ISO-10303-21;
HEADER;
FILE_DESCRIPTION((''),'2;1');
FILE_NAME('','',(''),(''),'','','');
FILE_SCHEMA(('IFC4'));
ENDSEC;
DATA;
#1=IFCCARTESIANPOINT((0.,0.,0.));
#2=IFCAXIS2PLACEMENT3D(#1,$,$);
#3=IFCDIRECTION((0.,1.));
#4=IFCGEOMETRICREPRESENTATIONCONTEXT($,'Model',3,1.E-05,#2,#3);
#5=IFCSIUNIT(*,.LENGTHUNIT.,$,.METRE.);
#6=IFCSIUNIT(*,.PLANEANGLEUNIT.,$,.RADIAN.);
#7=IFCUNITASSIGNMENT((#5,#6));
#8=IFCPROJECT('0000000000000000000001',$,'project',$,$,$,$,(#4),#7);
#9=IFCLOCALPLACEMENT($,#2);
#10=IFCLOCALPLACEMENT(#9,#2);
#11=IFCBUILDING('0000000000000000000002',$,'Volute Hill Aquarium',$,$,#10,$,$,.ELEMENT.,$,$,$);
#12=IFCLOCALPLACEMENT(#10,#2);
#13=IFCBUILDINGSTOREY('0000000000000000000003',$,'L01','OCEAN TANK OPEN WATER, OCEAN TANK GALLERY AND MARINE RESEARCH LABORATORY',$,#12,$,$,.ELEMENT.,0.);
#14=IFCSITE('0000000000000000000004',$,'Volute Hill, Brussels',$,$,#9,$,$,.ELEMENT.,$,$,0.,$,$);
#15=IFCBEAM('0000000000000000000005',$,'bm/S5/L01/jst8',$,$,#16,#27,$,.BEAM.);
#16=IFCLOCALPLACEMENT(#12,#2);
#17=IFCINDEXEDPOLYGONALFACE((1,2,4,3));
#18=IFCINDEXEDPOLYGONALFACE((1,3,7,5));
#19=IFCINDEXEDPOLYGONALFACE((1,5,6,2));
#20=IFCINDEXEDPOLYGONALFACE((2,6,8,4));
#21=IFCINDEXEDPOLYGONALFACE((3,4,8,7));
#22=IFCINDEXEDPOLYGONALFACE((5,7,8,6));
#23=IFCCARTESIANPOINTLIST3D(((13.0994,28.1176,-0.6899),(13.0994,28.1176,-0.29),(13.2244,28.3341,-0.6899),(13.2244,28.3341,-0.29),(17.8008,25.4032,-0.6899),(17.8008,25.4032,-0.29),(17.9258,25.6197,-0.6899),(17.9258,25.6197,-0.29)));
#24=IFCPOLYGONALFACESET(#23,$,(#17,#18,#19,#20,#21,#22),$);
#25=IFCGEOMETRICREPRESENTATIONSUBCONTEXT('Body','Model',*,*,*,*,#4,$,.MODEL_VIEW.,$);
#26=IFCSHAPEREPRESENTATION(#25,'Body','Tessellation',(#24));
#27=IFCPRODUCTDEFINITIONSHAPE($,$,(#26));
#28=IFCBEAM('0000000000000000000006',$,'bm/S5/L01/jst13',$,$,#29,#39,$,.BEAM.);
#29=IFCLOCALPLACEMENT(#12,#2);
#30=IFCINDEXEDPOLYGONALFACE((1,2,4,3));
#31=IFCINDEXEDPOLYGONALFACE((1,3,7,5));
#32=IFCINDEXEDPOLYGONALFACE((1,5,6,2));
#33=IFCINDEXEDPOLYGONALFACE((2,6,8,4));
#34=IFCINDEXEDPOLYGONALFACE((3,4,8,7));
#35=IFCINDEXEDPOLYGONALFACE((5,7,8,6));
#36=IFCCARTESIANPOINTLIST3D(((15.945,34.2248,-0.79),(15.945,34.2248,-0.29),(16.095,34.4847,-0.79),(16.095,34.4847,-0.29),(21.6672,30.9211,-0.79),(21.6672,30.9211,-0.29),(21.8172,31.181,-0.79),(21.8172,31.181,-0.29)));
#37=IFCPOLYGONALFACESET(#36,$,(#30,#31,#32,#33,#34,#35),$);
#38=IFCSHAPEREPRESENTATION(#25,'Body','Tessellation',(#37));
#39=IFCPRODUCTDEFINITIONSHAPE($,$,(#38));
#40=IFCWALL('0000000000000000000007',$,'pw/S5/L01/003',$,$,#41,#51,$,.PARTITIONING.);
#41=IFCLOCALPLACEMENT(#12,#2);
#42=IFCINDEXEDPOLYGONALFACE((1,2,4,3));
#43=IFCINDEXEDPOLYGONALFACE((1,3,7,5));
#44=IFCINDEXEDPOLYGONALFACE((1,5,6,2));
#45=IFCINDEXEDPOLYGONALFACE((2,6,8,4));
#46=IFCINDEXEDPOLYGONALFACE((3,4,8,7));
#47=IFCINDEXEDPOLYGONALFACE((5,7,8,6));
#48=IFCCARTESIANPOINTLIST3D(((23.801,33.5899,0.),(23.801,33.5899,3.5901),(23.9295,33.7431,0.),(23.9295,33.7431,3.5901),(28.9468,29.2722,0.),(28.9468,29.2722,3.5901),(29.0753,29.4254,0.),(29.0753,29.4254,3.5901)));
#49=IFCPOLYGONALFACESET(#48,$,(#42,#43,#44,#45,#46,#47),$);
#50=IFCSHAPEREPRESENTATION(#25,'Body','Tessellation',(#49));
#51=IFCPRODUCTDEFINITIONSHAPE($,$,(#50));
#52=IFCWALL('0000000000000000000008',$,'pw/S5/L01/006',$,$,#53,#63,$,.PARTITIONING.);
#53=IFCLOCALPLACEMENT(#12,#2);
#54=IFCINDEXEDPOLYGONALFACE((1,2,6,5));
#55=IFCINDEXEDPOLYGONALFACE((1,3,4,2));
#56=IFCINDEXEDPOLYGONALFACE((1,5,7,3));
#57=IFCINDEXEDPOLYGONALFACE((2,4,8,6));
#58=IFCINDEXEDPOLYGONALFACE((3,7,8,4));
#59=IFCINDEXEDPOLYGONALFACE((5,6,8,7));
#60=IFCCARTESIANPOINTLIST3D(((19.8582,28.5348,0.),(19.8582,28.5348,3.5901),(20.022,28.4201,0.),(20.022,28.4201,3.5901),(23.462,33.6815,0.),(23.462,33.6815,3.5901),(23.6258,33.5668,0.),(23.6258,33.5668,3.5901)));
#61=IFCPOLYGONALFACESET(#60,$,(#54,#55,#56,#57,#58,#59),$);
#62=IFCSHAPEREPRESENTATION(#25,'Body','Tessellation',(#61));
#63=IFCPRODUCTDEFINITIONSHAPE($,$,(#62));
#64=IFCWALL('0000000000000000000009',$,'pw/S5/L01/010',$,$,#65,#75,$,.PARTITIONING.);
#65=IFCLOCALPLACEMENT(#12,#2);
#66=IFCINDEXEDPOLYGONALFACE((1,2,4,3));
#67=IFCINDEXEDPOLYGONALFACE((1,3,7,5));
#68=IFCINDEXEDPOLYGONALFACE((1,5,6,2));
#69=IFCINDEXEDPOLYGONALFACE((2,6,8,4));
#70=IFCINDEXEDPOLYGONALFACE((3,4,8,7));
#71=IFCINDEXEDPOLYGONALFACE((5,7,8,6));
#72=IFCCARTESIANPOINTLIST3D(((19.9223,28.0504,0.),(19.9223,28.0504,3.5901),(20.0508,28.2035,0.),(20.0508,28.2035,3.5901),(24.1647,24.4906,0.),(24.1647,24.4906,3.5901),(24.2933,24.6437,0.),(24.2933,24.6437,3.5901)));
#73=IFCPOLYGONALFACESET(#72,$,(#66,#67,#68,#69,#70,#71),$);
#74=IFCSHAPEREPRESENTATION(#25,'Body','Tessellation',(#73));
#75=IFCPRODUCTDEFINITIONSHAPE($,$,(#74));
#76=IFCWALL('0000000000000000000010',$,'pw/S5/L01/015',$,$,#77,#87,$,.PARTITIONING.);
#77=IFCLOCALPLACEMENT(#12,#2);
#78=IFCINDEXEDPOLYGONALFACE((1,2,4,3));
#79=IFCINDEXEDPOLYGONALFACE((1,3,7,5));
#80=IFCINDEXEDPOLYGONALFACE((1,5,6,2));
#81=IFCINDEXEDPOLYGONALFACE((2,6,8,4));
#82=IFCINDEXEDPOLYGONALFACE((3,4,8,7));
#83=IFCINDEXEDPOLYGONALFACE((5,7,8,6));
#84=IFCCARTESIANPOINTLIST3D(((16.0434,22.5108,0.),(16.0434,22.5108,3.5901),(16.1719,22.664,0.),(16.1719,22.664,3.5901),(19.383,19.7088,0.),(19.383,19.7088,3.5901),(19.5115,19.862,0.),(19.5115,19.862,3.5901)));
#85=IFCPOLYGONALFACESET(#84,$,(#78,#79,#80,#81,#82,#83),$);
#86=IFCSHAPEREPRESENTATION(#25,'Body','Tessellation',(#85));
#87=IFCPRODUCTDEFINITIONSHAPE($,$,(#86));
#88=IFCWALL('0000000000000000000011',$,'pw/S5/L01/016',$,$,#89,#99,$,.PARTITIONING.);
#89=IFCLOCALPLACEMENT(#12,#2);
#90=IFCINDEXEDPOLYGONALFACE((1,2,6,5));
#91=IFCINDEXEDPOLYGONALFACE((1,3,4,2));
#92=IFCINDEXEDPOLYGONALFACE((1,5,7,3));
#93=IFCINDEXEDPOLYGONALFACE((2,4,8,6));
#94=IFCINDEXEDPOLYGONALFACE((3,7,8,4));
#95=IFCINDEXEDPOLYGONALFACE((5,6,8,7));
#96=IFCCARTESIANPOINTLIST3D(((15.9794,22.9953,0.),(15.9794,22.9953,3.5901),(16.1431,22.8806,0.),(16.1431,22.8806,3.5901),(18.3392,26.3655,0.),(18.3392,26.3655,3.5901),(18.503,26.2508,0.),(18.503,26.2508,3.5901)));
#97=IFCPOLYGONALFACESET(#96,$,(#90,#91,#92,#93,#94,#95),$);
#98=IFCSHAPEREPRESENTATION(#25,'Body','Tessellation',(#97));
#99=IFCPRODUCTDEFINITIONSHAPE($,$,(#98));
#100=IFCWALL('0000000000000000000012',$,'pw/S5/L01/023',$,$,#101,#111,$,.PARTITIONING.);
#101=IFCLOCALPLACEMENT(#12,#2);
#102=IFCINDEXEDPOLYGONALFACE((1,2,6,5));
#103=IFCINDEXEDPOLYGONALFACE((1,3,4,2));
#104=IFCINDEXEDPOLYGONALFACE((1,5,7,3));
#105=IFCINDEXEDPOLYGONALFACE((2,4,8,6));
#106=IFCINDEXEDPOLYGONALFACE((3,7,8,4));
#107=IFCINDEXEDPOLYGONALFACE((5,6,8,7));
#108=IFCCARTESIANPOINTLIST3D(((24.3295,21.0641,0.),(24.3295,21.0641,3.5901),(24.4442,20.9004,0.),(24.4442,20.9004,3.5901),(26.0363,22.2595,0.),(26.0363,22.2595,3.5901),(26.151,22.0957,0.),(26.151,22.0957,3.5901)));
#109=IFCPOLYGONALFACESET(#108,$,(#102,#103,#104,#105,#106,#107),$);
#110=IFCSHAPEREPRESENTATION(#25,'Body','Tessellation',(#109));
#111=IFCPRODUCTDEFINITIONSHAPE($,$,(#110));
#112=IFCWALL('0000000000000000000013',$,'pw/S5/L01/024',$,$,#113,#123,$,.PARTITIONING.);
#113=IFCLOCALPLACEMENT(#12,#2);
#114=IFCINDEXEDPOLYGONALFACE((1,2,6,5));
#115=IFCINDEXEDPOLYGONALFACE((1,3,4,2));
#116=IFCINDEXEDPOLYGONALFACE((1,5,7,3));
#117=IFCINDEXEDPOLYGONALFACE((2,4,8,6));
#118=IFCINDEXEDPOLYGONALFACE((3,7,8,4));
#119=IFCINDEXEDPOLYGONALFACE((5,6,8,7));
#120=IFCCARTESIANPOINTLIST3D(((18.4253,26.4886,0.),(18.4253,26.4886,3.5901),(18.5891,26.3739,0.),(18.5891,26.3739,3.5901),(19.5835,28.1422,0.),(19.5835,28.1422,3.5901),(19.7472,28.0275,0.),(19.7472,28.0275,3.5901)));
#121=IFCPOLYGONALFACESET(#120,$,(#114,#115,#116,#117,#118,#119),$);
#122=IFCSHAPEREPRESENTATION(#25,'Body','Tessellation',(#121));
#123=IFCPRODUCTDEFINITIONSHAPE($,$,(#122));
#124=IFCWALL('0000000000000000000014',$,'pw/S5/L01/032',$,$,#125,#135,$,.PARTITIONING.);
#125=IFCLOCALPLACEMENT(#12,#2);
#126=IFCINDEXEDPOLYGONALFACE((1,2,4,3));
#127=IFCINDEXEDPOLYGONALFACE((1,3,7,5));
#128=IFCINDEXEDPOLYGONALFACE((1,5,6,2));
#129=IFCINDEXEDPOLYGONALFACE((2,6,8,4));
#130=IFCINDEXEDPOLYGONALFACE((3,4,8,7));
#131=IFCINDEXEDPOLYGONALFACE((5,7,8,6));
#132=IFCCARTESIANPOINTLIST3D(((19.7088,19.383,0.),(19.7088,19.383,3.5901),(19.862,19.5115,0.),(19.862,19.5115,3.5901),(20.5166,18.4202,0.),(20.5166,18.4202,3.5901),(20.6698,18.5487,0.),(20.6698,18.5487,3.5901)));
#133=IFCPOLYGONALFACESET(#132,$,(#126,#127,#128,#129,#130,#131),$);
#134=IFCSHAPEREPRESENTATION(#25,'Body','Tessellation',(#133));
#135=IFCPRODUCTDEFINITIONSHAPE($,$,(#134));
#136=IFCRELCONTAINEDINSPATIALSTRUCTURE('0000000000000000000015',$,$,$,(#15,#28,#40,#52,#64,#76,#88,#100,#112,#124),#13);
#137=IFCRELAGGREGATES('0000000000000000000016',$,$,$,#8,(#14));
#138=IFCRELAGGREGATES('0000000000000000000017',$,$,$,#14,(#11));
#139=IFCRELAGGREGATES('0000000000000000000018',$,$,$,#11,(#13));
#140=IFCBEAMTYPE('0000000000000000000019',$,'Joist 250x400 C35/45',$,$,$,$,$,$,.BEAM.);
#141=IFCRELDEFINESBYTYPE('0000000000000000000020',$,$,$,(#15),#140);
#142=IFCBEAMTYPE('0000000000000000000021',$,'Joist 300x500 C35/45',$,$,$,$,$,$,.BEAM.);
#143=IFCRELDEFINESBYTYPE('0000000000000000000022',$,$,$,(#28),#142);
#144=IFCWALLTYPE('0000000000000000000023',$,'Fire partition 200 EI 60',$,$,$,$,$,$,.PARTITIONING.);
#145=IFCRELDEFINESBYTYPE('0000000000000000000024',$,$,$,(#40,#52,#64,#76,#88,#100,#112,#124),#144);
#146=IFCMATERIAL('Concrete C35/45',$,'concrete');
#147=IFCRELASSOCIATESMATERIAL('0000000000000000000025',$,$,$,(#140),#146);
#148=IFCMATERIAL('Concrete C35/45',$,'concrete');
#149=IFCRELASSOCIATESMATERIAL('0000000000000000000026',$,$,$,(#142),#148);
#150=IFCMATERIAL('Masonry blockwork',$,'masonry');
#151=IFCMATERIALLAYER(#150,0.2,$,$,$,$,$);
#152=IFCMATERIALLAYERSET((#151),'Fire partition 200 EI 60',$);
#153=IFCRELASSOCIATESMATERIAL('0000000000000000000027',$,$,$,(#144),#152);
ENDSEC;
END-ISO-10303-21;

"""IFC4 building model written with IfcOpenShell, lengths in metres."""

from ifc_helpers import new_model, si_unit, direction, frame, frame_2d, origin, origin_2d, place, context, subcontext, project, spatial, rectangle, extrude, material, layer, layer_set, material_profile, profile_set, type_object, element, save


model = new_model("IFC4")

# Units and contexts
model_context = context("Model", 3, precision=1e-05, world=origin(), true_north=direction((0.0, 1.0)))
body_context = subcontext(model_context, "Body", "Model", "MODEL_VIEW")
ifc_project = project(units=[si_unit("LENGTHUNIT", "METRE"), si_unit("PLANEANGLEUNIT", "RADIAN")], contexts=[model_context])

# Site, building, storey
site_placement = place(None, origin())
site = spatial("IfcSite", under=ifc_project, at=site_placement, Name="Volute Hill, Brussels", CompositionType="ELEMENT", RefElevation=0.0)
building_placement = place(site_placement, origin())
building = spatial("IfcBuilding", under=site, at=building_placement, Name="Volute Hill Aquarium", CompositionType="ELEMENT")
storey_placement = place(building_placement, origin())
storey = spatial("IfcBuildingStorey", under=building, at=storey_placement, Name="L01", Description="OCEAN TANK OPEN WATER, OCEAN TANK GALLERY AND MARINE RESEARCH LABORATORY", CompositionType="ELEMENT", Elevation=0.0)

# Beams
ifc_material_1 = material(Name="Concrete C35/45", Category="concrete")
ifc_material_profile_1 = material_profile(ifc_material_1, rectangle(XDim=0.25, YDim=0.3999, at=origin_2d()), Name="RC joist 250x400")
ifc_profile_set_1 = profile_set([ifc_material_profile_1], Name="Concrete C35/45")
beam_type_1 = type_object("IfcBeamType", Name="Joist 250x400 C35/45", PredefinedType="BEAM", material=ifc_profile_set_1)
for number, where, z_axis, x_axis, name in (
    (1, (17.8633, 25.5115, -0.49), (-0.866026, 0.499999, 0.0), (-0.499999, -0.866026, 0.0), "bm/S5/L01/jst8"),
):
    element("IfcBeam", number, at=place(storey_placement, frame(where, z_axis=z_axis, x_axis=x_axis)), inside=storey, type_object=beam_type_1, Name=name, PredefinedType="BEAM", context=body_context, shape_type="SweptSolid", body=[
        extrude(rectangle(XDim=0.25, YDim=0.3999, at=origin_2d()), origin(), (0.0, 0.0, 1.0), 5.4287),
    ])
ifc_material_2 = material(Name="Concrete C35/45", Category="concrete")
ifc_material_profile_2 = material_profile(ifc_material_2, rectangle(XDim=0.3, YDim=0.5, at=origin_2d()), Name="RC joist 300x500")
ifc_profile_set_2 = profile_set([ifc_material_profile_2], Name="Concrete C35/45")
beam_type_2 = type_object("IfcBeamType", Name="Joist 300x500 C35/45", PredefinedType="BEAM", material=ifc_profile_set_2)
beam_1_placement = place(storey_placement, frame((21.7422, 31.051, -0.54), z_axis=(-0.866024, 0.500002, 0.0), x_axis=(-0.500002, -0.866024, 0.0)))
element("IfcBeam", 2, at=beam_1_placement, inside=storey, type_object=beam_type_2, Name="bm/S5/L01/jst13", PredefinedType="BEAM", context=body_context, shape_type="SweptSolid", body=[
    extrude(rectangle(XDim=0.3, YDim=0.5, at=origin_2d()), origin(), (0.0, 0.0, 1.0), 6.6074),
])

# Walls
ifc_material_3 = material(Name="Masonry blockwork", Category="masonry")
ifc_layer = layer(ifc_material_3, 0.2)
ifc_layer_set = layer_set([ifc_layer], Name="Fire partition 200 EI 60")
wall_type = type_object("IfcWallType", Name="Fire partition 200 EI 60", PredefinedType="PARTITIONING", material=ifc_layer_set)
wall_1_placement = place(storey_placement, frame((23.8652, 33.6665, 0.0), z_axis=(0.0, 0.0, 1.0), x_axis=(0.766057, -0.642773, 0.0)))
element("IfcWall", 3, at=wall_1_placement, inside=storey, type_object=wall_type, Name="pw/S5/L01/003", PredefinedType="PARTITIONING", context=body_context, shape_type="SweptSolid", body=[
    extrude(rectangle(XDim=6.7173, YDim=0.2, at=frame_2d((3.3586, 0.0))), origin(), (0.0, 0.0, 1.0), 3.5901),
])
wall_2_placement = place(storey_placement, frame((23.5439, 33.6243, 0.0), z_axis=(0.0, 0.0, 1.0), x_axis=(-0.573574, -0.819153, 0.0)))
element("IfcWall", 4, at=wall_2_placement, inside=storey, type_object=wall_type, Name="pw/S5/L01/006", PredefinedType="PARTITIONING", context=body_context, shape_type="SweptSolid", body=[
    extrude(rectangle(XDim=6.283, YDim=0.2, at=frame_2d((3.1416, 0.0))), origin(), (0.0, 0.0, 1.0), 3.5901),
])
wall_3_placement = place(storey_placement, frame((19.9866, 28.127, 0.0), z_axis=(0.0, 0.0, 1.0), x_axis=(0.766045, -0.642787, 0.0)))
element("IfcWall", 5, at=wall_3_placement, inside=storey, type_object=wall_type, Name="pw/S5/L01/010", PredefinedType="PARTITIONING", context=body_context, shape_type="SweptSolid", body=[
    extrude(rectangle(XDim=5.5381, YDim=0.2, at=frame_2d((2.769, 0.0))), origin(), (0.0, 0.0, 1.0), 3.5901),
])
wall_4_placement = place(storey_placement, frame((16.1077, 22.5874, 0.0), z_axis=(0.0, 0.0, 1.0), x_axis=(0.766073, -0.642753, 0.0)))
element("IfcWall", 6, at=wall_4_placement, inside=storey, type_object=wall_type, Name="pw/S5/L01/015", PredefinedType="PARTITIONING", context=body_context, shape_type="SweptSolid", body=[
    extrude(rectangle(XDim=4.3594, YDim=0.2, at=frame_2d((2.1797, 0.0))), origin(), (0.0, 0.0, 1.0), 3.5901),
])
wall_5_placement = place(storey_placement, frame((18.4211, 26.3081, 0.0), z_axis=(0.0, 0.0, 1.0), x_axis=(-0.57359, -0.819143, 0.0)))
element("IfcWall", 7, at=wall_5_placement, inside=storey, type_object=wall_type, Name="pw/S5/L01/016", PredefinedType="PARTITIONING", context=body_context, shape_type="SweptSolid", body=[
    extrude(rectangle(XDim=4.1143, YDim=0.2, at=frame_2d((2.0571, 0.0))), origin(), (0.0, 0.0, 1.0), 3.5901),
])
wall_6_placement = place(storey_placement, frame((24.3867, 20.9822, 0.0), z_axis=(0.0, 0.0, 1.0), x_axis=(0.819105, 0.573643, 0.0)))
element("IfcWall", 8, at=wall_6_placement, inside=storey, type_object=wall_type, Name="pw/S5/L01/023", PredefinedType="PARTITIONING", context=body_context, shape_type="SweptSolid", body=[
    extrude(rectangle(XDim=2.0837, YDim=0.2, at=frame_2d((1.042, 0.0))), origin(), (0.0, 0.0, 1.0), 3.5901),
])
wall_7_placement = place(storey_placement, frame((19.6653, 28.0847, 0.0), z_axis=(0.0, 0.0, 1.0), x_axis=(-0.573698, -0.819067, 0.0)))
element("IfcWall", 9, at=wall_7_placement, inside=storey, type_object=wall_type, Name="pw/S5/L01/024", PredefinedType="PARTITIONING", context=body_context, shape_type="SweptSolid", body=[
    extrude(rectangle(XDim=2.0188, YDim=0.2, at=frame_2d((1.0093, 0.0))), origin(), (0.0, 0.0, 1.0), 3.5901),
])
wall_8_placement = place(storey_placement, frame((19.7854, 19.4473, 0.0), z_axis=(0.0, 0.0, 1.0), x_axis=(0.642741, -0.766084, 0.0)))
element("IfcWall", 10, at=wall_8_placement, inside=storey, type_object=wall_type, Name="pw/S5/L01/032", PredefinedType="PARTITIONING", context=body_context, shape_type="SweptSolid", body=[
    extrude(rectangle(XDim=1.2568, YDim=0.2, at=frame_2d((0.6284, 0.0))), origin(), (0.0, 0.0, 1.0), 3.5901),
])

save(model, "model.ifc")
